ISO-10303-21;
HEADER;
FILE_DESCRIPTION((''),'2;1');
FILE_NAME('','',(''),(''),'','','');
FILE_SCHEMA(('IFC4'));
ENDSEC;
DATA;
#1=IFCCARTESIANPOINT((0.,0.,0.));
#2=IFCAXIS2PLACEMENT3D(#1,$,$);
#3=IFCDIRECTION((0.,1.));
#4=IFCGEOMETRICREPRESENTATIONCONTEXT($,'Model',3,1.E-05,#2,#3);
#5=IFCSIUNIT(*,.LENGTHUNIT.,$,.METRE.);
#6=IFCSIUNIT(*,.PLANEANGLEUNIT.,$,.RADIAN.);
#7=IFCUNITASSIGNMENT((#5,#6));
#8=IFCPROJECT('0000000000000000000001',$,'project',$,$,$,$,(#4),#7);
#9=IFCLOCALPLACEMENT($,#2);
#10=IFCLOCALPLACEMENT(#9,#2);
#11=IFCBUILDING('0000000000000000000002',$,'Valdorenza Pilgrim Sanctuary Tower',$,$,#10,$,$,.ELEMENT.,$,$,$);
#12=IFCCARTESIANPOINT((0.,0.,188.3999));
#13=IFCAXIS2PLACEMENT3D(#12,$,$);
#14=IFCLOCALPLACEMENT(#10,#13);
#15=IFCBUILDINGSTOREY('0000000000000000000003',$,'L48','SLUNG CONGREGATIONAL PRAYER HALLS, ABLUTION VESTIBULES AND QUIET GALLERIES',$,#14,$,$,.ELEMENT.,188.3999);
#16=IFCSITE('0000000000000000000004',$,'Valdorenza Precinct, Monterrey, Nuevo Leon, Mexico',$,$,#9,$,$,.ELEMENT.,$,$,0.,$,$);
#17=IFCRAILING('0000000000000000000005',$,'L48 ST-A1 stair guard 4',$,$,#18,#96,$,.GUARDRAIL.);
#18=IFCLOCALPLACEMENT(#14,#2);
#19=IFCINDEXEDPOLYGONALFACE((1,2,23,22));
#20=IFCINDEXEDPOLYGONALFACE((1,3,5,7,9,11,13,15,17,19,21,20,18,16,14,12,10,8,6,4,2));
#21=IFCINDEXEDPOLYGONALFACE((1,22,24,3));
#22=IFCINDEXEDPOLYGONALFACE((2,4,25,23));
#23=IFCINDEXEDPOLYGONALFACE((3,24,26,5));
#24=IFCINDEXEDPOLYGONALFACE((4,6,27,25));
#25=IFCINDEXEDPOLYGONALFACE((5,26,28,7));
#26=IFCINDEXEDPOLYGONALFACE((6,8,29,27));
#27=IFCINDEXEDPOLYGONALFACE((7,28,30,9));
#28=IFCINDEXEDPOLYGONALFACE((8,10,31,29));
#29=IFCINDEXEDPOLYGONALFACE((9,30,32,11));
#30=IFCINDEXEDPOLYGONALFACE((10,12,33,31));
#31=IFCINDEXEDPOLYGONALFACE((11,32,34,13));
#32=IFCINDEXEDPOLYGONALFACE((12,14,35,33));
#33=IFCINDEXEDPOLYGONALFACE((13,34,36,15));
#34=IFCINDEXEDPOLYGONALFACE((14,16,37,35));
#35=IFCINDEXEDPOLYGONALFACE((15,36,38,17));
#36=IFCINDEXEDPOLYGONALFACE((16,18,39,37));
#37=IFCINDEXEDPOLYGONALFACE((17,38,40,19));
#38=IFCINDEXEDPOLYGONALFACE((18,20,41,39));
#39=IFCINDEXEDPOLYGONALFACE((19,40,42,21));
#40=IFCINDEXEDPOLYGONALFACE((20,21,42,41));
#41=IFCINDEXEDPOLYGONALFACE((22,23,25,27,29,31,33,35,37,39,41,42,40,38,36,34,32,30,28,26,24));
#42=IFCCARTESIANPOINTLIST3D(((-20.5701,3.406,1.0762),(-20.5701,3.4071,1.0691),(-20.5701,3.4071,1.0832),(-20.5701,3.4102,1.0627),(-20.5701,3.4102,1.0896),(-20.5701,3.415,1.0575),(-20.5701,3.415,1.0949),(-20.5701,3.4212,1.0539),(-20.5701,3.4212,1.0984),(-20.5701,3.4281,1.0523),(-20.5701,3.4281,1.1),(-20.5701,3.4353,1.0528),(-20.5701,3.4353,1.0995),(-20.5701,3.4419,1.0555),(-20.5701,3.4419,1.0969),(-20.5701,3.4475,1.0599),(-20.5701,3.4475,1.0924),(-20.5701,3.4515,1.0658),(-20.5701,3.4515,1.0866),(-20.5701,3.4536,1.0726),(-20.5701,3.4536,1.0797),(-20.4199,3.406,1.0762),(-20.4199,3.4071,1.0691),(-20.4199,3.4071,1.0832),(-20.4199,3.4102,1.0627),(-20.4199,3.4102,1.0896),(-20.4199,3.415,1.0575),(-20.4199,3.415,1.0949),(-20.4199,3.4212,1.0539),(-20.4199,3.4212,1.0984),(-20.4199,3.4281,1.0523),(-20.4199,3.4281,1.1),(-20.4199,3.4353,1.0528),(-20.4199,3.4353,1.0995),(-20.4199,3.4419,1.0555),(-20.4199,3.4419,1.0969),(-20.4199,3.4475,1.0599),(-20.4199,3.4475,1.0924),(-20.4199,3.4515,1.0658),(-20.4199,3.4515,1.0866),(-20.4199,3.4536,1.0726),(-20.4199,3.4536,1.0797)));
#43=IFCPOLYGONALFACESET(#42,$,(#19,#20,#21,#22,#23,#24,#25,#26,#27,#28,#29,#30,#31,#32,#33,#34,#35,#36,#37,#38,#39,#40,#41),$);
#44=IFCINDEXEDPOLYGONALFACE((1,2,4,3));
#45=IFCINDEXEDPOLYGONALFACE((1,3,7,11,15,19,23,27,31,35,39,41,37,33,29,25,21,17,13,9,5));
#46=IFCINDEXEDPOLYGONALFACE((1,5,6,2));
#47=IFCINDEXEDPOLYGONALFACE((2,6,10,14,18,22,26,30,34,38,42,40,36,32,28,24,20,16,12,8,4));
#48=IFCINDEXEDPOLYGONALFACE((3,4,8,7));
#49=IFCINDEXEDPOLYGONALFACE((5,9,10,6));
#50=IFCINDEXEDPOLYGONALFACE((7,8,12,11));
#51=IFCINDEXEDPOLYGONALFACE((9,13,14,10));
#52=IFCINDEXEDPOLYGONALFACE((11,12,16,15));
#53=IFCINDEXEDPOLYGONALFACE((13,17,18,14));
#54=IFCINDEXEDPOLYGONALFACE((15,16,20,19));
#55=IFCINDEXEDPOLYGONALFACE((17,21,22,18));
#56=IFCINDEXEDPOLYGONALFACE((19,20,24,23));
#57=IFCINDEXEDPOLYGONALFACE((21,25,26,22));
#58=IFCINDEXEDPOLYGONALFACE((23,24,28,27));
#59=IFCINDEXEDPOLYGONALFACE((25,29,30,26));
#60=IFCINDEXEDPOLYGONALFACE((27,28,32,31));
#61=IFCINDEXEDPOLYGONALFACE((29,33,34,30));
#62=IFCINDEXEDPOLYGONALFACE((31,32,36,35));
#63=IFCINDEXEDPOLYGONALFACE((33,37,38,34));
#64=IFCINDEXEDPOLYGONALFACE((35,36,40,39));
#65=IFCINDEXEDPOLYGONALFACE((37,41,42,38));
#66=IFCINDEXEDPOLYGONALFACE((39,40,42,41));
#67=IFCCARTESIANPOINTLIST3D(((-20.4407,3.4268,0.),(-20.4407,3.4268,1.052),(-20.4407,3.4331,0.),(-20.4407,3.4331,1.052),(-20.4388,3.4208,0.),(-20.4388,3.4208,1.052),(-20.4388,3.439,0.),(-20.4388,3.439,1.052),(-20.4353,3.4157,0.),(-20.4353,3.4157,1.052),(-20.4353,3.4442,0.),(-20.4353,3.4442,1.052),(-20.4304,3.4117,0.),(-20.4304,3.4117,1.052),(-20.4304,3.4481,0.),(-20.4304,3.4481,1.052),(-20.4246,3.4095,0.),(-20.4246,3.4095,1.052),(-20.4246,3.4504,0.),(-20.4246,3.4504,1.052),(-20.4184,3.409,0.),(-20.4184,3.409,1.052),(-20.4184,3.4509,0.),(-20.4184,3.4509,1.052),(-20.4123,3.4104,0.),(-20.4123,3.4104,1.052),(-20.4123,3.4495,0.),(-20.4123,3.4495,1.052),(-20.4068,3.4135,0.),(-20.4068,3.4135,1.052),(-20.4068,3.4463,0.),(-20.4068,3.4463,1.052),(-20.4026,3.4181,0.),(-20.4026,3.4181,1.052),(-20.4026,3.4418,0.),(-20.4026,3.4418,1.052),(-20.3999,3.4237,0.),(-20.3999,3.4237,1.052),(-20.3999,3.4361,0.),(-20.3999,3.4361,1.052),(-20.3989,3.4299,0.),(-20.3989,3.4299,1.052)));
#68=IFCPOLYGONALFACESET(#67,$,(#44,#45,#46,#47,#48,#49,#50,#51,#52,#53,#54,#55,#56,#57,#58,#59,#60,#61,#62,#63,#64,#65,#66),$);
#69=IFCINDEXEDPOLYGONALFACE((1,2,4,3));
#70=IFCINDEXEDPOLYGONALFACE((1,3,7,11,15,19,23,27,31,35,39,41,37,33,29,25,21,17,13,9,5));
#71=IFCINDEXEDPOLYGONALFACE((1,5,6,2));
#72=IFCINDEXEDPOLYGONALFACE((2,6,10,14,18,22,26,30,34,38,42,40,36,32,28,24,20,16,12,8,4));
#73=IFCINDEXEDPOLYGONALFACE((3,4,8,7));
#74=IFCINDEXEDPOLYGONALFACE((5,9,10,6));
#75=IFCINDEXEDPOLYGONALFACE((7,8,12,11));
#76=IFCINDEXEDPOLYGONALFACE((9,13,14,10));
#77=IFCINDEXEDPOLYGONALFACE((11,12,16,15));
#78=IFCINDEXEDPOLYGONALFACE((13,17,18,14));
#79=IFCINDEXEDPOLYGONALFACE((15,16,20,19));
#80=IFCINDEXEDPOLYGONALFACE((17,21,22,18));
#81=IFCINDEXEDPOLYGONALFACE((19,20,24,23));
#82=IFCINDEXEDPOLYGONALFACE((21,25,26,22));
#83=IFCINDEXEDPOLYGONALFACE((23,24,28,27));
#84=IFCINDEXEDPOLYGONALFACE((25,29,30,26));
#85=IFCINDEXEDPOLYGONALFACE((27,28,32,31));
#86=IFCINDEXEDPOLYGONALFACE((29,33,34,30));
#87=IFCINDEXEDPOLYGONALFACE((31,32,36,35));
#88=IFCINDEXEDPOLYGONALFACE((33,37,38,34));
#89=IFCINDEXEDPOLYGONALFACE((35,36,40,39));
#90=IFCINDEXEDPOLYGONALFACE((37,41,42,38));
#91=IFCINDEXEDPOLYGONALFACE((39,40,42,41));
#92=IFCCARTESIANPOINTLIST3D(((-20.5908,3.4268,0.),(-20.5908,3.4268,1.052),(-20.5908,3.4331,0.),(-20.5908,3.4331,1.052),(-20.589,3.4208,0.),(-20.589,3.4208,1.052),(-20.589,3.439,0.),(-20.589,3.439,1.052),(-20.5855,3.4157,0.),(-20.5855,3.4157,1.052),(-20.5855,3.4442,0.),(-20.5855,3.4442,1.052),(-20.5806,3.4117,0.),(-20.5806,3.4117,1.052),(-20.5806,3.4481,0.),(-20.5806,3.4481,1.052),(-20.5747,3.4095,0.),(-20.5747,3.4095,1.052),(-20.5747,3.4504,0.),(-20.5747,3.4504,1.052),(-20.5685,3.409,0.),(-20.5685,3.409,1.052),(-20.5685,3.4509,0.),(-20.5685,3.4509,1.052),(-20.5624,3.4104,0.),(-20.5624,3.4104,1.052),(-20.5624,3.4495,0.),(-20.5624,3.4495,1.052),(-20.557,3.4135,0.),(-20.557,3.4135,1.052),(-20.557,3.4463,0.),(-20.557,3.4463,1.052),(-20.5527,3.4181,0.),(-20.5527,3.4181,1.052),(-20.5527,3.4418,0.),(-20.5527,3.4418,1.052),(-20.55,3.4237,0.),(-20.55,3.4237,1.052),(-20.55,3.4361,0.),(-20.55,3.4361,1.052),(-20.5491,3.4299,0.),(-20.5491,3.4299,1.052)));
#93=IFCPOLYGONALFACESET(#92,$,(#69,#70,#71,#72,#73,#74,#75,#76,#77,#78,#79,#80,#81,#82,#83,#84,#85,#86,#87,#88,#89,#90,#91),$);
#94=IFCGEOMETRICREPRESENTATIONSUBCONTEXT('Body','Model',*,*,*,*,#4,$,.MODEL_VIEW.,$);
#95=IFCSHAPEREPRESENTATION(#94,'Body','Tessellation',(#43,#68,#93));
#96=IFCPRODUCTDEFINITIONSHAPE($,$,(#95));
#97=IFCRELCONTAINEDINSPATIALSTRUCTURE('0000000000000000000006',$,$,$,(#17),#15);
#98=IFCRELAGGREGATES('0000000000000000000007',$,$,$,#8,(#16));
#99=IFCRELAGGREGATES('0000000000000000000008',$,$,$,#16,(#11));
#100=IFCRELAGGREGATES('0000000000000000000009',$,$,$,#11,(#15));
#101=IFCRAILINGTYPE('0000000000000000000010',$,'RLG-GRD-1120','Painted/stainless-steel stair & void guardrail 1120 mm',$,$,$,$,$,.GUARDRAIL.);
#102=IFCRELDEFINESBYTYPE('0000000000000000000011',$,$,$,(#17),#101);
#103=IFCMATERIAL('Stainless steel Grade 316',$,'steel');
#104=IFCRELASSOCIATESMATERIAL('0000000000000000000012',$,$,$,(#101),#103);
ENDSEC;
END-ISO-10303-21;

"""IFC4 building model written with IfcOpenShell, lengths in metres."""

from ifc_helpers import new_model, si_unit, direction, frame, origin, origin_2d, place, context, subcontext, project, spatial, circle, extrude, material, type_object, element, save


model = new_model("IFC4")

# Units and contexts
model_context = context("Model", 3, precision=1e-05, world=origin(), true_north=direction((0.0, 1.0)))
body_context = subcontext(model_context, "Body", "Model", "MODEL_VIEW")
ifc_project = project(units=[si_unit("LENGTHUNIT", "METRE"), si_unit("PLANEANGLEUNIT", "RADIAN")], contexts=[model_context])

# Site, building, storey
site_placement = place(None, origin())
site = spatial("IfcSite", under=ifc_project, at=site_placement, Name="Valdorenza Precinct, Monterrey, Nuevo Leon, Mexico", CompositionType="ELEMENT", RefElevation=0.0)
building_placement = place(site_placement, origin())
building = spatial("IfcBuilding", under=site, at=building_placement, Name="Valdorenza Pilgrim Sanctuary Tower", CompositionType="ELEMENT")
storey_placement = place(building_placement, frame((0.0, 0.0, 188.3999)))
storey = spatial("IfcBuildingStorey", under=building, at=storey_placement, Name="L48", Description="SLUNG CONGREGATIONAL PRAYER HALLS, ABLUTION VESTIBULES AND QUIET GALLERIES", CompositionType="ELEMENT", Elevation=188.3999)

# Railing
ifc_material_1 = material(Name="Stainless steel Grade 316", Category="steel")
railing_type_1 = type_object("IfcRailingType", Name="RLG-GRD-1120", Description="Painted/stainless-steel stair & void guardrail 1120 mm", PredefinedType="GUARDRAIL", material=ifc_material_1)
railing_1_placement = place(storey_placement, frame((-20.4199, 3.4299, 0.0)))
element("IfcRailing", 1, at=railing_1_placement, inside=storey, type_object=railing_type_1, Name="L48 ST-A1 stair guard 4", PredefinedType="GUARDRAIL", context=body_context, shape_type="SweptSolid", body=[
    extrude(circle(Radius=0.0239, at=origin_2d()), frame((0.0, 0.0, 1.0762), z_axis=(-1.0, 0.0, 0.0), x_axis=(0.0, -1.0, 0.0)), (0.0, 0.0, 1.0), 0.1501),
    extrude(circle(Radius=0.021, at=origin_2d()), origin(), (0.0, 0.0, 1.0), 1.052),
    extrude(circle(Radius=0.021, at=origin_2d()), frame((-0.1501, 0.0, 0.0)), (0.0, 0.0, 1.0), 1.052),
])

save(model, "model.ifc")
